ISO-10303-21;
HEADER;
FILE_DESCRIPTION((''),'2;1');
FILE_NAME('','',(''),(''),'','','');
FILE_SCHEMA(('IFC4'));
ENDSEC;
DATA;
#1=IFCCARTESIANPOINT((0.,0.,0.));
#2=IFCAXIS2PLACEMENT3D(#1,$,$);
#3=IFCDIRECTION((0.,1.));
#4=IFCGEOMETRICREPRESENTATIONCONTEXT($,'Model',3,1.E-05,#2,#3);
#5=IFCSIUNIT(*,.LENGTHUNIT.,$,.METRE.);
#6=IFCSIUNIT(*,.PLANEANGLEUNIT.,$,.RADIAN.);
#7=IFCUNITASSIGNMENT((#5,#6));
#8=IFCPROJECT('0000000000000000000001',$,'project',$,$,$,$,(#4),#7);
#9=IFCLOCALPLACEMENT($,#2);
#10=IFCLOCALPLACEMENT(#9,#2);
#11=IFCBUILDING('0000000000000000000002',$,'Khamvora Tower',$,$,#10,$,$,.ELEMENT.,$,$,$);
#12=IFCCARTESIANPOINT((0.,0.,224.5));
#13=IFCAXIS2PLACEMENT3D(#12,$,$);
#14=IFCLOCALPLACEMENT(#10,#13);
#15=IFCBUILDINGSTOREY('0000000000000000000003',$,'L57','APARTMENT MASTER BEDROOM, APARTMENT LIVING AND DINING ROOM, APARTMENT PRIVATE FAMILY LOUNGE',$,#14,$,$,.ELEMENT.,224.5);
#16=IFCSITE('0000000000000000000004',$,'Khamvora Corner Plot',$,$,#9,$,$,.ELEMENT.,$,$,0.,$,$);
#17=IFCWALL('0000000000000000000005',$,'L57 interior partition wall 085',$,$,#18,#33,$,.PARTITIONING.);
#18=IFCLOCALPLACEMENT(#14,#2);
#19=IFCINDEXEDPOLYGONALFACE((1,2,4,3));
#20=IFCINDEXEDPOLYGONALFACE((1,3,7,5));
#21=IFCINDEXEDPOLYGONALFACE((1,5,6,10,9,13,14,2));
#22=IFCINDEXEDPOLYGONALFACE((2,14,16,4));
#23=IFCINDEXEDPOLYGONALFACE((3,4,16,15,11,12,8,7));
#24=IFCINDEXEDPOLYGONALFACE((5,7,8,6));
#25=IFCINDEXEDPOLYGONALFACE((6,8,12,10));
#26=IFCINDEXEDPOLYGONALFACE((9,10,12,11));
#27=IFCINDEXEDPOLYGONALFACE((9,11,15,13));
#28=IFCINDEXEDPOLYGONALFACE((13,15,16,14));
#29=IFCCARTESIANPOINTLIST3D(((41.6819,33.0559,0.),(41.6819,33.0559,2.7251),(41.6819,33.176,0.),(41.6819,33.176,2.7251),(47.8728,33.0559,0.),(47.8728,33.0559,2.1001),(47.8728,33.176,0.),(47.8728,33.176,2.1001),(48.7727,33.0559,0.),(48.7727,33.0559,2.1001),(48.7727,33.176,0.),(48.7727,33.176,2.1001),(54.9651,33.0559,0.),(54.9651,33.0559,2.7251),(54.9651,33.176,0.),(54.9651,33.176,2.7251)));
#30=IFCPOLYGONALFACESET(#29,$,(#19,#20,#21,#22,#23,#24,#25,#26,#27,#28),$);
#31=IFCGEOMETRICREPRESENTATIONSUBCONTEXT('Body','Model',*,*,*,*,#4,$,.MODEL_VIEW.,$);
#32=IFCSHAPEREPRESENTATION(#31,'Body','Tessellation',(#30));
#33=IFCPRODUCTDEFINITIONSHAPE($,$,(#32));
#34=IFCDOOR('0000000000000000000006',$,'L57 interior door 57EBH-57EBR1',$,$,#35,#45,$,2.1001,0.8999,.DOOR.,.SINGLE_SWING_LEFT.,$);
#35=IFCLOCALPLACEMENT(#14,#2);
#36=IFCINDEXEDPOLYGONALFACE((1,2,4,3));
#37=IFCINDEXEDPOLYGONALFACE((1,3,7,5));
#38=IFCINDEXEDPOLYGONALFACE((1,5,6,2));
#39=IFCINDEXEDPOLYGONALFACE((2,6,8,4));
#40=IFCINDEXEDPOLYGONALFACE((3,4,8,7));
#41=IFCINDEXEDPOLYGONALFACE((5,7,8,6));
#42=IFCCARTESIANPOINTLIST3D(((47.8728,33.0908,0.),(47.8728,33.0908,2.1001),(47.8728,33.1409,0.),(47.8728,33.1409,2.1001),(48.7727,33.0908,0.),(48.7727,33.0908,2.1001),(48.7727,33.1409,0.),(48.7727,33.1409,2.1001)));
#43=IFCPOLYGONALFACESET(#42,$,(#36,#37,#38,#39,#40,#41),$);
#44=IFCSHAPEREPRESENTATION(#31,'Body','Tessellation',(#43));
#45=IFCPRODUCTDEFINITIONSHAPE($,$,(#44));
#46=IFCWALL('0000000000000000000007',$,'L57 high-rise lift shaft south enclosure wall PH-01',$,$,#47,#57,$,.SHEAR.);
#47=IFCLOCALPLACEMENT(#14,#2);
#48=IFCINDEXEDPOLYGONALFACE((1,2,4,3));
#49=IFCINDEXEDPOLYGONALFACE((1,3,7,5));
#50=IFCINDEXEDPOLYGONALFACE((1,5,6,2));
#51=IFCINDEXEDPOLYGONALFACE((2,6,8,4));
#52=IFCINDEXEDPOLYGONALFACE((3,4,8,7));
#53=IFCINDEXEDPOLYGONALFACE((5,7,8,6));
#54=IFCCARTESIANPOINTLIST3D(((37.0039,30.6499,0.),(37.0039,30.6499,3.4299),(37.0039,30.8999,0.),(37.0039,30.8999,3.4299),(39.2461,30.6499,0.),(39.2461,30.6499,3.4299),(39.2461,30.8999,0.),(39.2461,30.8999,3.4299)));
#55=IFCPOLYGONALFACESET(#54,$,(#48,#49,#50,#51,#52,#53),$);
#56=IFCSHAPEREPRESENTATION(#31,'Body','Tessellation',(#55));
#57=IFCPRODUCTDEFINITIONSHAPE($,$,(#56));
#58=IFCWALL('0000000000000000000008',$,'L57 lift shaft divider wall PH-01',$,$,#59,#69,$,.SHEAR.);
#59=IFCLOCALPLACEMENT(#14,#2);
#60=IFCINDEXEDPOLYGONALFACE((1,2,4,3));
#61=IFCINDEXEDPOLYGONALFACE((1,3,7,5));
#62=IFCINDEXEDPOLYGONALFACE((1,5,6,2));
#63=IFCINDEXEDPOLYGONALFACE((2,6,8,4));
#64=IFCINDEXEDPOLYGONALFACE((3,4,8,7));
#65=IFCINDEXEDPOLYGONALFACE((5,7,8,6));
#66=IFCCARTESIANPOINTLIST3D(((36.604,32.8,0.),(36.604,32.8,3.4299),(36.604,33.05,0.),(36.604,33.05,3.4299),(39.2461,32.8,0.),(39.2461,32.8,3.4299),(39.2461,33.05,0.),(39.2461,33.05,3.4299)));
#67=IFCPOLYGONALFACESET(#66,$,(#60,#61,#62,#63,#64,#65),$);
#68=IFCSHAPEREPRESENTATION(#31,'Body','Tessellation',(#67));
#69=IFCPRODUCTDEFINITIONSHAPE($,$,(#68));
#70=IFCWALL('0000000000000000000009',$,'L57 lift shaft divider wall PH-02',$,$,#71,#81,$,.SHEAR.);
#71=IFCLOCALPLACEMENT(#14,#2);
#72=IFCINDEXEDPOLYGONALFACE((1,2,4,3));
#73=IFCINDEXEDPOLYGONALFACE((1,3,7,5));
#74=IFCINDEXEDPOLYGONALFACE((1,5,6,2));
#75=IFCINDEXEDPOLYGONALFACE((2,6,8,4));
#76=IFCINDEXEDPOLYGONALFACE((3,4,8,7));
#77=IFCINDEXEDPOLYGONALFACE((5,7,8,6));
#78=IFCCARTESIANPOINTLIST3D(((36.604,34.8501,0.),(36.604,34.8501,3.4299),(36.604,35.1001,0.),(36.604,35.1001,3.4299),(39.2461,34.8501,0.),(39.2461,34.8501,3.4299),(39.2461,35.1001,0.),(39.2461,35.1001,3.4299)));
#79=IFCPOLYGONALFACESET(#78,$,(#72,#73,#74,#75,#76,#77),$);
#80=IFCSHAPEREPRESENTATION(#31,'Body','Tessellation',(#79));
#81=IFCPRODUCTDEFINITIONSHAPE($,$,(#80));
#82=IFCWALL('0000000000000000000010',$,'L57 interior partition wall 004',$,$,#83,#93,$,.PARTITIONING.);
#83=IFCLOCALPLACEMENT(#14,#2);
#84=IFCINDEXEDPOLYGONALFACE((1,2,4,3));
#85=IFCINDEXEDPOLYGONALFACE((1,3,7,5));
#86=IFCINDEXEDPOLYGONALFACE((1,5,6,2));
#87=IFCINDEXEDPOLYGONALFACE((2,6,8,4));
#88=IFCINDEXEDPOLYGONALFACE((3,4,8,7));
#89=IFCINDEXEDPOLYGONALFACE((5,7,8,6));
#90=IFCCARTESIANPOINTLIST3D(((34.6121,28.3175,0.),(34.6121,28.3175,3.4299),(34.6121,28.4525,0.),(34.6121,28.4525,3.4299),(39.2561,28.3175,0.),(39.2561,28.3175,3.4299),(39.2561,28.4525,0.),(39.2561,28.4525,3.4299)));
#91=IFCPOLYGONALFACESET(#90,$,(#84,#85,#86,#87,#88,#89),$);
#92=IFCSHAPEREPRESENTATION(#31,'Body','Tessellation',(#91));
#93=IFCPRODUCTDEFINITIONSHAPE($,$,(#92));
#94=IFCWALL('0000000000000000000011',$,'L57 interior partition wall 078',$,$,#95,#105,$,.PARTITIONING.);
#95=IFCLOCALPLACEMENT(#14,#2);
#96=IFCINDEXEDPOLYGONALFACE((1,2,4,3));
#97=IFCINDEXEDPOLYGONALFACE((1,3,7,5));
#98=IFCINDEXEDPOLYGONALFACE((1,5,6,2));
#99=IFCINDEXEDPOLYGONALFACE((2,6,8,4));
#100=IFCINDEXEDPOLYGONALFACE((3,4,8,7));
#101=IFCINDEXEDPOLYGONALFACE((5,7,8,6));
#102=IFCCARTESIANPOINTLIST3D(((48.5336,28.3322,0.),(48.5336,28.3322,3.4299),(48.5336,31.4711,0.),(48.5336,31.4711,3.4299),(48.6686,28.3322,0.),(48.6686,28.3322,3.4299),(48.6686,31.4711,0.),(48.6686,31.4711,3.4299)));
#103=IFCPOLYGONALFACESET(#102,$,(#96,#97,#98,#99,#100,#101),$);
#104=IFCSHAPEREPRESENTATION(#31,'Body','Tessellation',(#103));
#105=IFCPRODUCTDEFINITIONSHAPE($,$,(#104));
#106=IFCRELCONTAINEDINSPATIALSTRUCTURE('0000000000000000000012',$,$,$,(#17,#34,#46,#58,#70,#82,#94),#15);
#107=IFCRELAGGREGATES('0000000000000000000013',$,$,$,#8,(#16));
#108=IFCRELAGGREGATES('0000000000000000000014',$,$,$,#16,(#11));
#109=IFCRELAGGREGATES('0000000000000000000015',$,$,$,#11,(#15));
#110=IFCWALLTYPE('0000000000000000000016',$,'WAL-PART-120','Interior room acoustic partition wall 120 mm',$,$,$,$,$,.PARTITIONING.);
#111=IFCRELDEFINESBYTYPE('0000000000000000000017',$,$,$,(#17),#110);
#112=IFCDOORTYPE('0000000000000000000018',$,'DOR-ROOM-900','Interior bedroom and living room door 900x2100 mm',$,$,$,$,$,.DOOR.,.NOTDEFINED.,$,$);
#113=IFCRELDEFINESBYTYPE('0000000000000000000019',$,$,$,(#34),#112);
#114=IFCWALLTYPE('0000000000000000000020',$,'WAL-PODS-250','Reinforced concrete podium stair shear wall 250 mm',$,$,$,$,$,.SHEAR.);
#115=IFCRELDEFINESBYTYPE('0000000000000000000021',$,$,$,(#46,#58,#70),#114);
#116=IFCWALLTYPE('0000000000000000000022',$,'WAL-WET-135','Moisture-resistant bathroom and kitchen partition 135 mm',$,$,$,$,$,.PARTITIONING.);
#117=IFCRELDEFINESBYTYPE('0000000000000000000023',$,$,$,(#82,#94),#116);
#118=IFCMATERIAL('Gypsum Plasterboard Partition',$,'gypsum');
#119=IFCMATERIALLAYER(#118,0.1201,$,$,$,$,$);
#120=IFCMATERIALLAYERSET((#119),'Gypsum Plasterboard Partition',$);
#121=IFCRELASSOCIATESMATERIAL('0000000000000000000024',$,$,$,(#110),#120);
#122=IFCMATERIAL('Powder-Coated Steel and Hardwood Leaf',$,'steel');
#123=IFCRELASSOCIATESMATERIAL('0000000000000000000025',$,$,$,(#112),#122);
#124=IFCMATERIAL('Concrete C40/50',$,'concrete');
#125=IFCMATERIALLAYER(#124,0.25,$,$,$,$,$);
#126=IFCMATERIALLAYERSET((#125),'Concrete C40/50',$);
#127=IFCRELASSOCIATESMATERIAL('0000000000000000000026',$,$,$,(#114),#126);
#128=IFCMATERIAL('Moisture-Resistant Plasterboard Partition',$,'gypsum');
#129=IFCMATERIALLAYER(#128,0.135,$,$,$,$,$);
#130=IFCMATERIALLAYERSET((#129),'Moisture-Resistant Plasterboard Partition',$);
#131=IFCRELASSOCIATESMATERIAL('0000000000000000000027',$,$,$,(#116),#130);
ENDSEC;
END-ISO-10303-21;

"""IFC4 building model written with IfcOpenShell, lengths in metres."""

from ifc_helpers import new_model, si_unit, direction, frame, frame_2d, origin, place, context, subcontext, project, spatial, rectangle, extrude, material, layer, layer_set, type_object, element, fill, save


model = new_model("IFC4")

# Units and contexts
model_context = context("Model", 3, precision=1e-05, world=origin(), true_north=direction((0.0, 1.0)))
body_context = subcontext(model_context, "Body", "Model", "MODEL_VIEW")
ifc_project = project(units=[si_unit("LENGTHUNIT", "METRE"), si_unit("PLANEANGLEUNIT", "RADIAN")], contexts=[model_context])

# Site, building, storey
site_placement = place(None, origin())
site = spatial("IfcSite", under=ifc_project, at=site_placement, Name="Khamvora Corner Plot", CompositionType="ELEMENT", RefElevation=0.0)
building_placement = place(site_placement, origin())
building = spatial("IfcBuilding", under=site, at=building_placement, Name="Khamvora Tower", CompositionType="ELEMENT")
storey_placement = place(building_placement, frame((0.0, 0.0, 224.5)))
storey = spatial("IfcBuildingStorey", under=building, at=storey_placement, Name="L57", Description="APARTMENT MASTER BEDROOM, APARTMENT LIVING AND DINING ROOM, APARTMENT PRIVATE FAMILY LOUNGE", CompositionType="ELEMENT", Elevation=224.5)

# Shared definitions
ifc_material_1 = material(Name="Powder-Coated Steel and Hardwood Leaf", Category="steel")

# Wall, opening, door
ifc_material_2 = material(Name="Gypsum Plasterboard Partition", Category="gypsum")
ifc_layer_1 = layer(ifc_material_2, 0.1201)
ifc_layer_set_1 = layer_set([ifc_layer_1], Name="Gypsum Plasterboard Partition")
wall_type_1 = type_object("IfcWallType", Name="WAL-PART-120", Description="Interior room acoustic partition wall 120 mm", PredefinedType="PARTITIONING", material=ifc_layer_set_1)
door_type_1 = type_object("IfcDoorType", Name="DOR-ROOM-900", Description="Interior bedroom and living room door 900x2100 mm", OperationType="NOTDEFINED", PredefinedType="DOOR", material=ifc_material_1)
wall_1_placement = place(storey_placement, frame((41.6819, 33.116, 0.0), z_axis=(0.0, 0.0, 1.0), x_axis=(1.0, 0.0, 0.0)))
wall_1 = element("IfcWall", 1, at=wall_1_placement, inside=storey, type_object=wall_type_1, Name="L57 interior partition wall 085", PredefinedType="PARTITIONING", context=body_context, shape_type="SweptSolid", body=[
    extrude(rectangle(XDim=13.2832, YDim=0.1201, at=frame_2d((6.6416, 0.0))), origin(), (0.0, 0.0, 1.0), 2.7251),
])
opening_1_placement = place(wall_1_placement, frame((6.1909, 0.0, 0.0)))
opening_1 = element("IfcOpeningElement", 2, at=opening_1_placement, cuts=wall_1, PredefinedType="OPENING", context=body_context, shape_type="SweptSolid", body=[
    extrude(rectangle(XDim=0.8999, YDim=2.1001, at=frame_2d((0.45, 1.05))), frame((0.0, 0.0701, 0.0), z_axis=(0.0, -1.0, 0.0), x_axis=(1.0, 0.0, 0.0)), (0.0, 0.0, 1.0), 0.1401),
])
door_1_placement = place(opening_1_placement, origin())
door_1 = element("IfcDoor", 3, at=door_1_placement, inside=storey, type_object=door_type_1, Name="L57 interior door 57EBH-57EBR1", OperationType="SINGLE_SWING_LEFT", OverallHeight=2.1001, OverallWidth=0.8999, PredefinedType="DOOR", context=body_context, shape_type="SweptSolid", body=[
    extrude(rectangle(XDim=0.8999, YDim=2.1001, at=frame_2d((0.45, 1.05))), frame((0.0, 0.0249, 0.0), z_axis=(0.0, -1.0, 0.0), x_axis=(1.0, 0.0, 0.0)), (0.0, 0.0, 1.0), 0.05),
])
fill(opening_1, door_1)

# Walls
ifc_material_3 = material(Name="Concrete C40/50", Category="concrete")
ifc_layer_2 = layer(ifc_material_3, 0.25)
ifc_layer_set_2 = layer_set([ifc_layer_2], Name="Concrete C40/50")
wall_type_2 = type_object("IfcWallType", Name="WAL-PODS-250", Description="Reinforced concrete podium stair shear wall 250 mm", PredefinedType="SHEAR", material=ifc_layer_set_2)
wall_2_placement = place(storey_placement, frame((37.0039, 30.7749, 0.0), z_axis=(0.0, 0.0, 1.0), x_axis=(1.0, 0.0, 0.0)))
element("IfcWall", 4, at=wall_2_placement, inside=storey, type_object=wall_type_2, Name="L57 high-rise lift shaft south enclosure wall PH-01", PredefinedType="SHEAR", context=body_context, shape_type="SweptSolid", body=[
    extrude(rectangle(XDim=2.2422, YDim=0.25, at=frame_2d((1.1211, 0.0))), origin(), (0.0, 0.0, 1.0), 3.4299),
])
for number, where, z_axis, x_axis, name in (
    (5, (36.604, 32.925, 0.0), (0.0, 0.0, 1.0), (1.0, 0.0, 0.0), "L57 lift shaft divider wall PH-01"),
    (6, (36.604, 34.9751, 0.0), (0.0, 0.0, 1.0), (1.0, 0.0, 0.0), "L57 lift shaft divider wall PH-02"),
):
    element("IfcWall", number, at=place(storey_placement, frame(where, z_axis=z_axis, x_axis=x_axis)), inside=storey, type_object=wall_type_2, Name=name, PredefinedType="SHEAR", context=body_context, shape_type="SweptSolid", body=[
        extrude(rectangle(XDim=2.6421, YDim=0.25, at=frame_2d((1.321, 0.0))), origin(), (0.0, 0.0, 1.0), 3.4299),
    ])
ifc_material_4 = material(Name="Moisture-Resistant Plasterboard Partition", Category="gypsum")
ifc_layer_3 = layer(ifc_material_4, 0.135)
ifc_layer_set_3 = layer_set([ifc_layer_3], Name="Moisture-Resistant Plasterboard Partition")
wall_type_3 = type_object("IfcWallType", Name="WAL-WET-135", Description="Moisture-resistant bathroom and kitchen partition 135 mm", PredefinedType="PARTITIONING", material=ifc_layer_set_3)
wall_3_placement = place(storey_placement, frame((39.2561, 28.385, 0.0), z_axis=(0.0, 0.0, 1.0), x_axis=(-1.0, 0.0, 0.0)))
element("IfcWall", 7, at=wall_3_placement, inside=storey, type_object=wall_type_3, Name="L57 interior partition wall 004", PredefinedType="PARTITIONING", context=body_context, shape_type="SweptSolid", body=[
    extrude(rectangle(XDim=4.644, YDim=0.135, at=frame_2d((2.322, 0.0))), origin(), (0.0, 0.0, 1.0), 3.4299),
])
wall_4_placement = place(storey_placement, frame((48.6011, 31.4709, 0.0), z_axis=(0.0, 0.0, 1.0), x_axis=(0.0, -1.0, 0.0)))
element("IfcWall", 8, at=wall_4_placement, inside=storey, type_object=wall_type_3, Name="L57 interior partition wall 078", PredefinedType="PARTITIONING", context=body_context, shape_type="SweptSolid", body=[
    extrude(rectangle(XDim=3.1389, YDim=0.135, at=frame_2d((1.5693, 0.0))), origin(), (0.0, 0.0, 1.0), 3.4299),
])

save(model, "model.ifc")
